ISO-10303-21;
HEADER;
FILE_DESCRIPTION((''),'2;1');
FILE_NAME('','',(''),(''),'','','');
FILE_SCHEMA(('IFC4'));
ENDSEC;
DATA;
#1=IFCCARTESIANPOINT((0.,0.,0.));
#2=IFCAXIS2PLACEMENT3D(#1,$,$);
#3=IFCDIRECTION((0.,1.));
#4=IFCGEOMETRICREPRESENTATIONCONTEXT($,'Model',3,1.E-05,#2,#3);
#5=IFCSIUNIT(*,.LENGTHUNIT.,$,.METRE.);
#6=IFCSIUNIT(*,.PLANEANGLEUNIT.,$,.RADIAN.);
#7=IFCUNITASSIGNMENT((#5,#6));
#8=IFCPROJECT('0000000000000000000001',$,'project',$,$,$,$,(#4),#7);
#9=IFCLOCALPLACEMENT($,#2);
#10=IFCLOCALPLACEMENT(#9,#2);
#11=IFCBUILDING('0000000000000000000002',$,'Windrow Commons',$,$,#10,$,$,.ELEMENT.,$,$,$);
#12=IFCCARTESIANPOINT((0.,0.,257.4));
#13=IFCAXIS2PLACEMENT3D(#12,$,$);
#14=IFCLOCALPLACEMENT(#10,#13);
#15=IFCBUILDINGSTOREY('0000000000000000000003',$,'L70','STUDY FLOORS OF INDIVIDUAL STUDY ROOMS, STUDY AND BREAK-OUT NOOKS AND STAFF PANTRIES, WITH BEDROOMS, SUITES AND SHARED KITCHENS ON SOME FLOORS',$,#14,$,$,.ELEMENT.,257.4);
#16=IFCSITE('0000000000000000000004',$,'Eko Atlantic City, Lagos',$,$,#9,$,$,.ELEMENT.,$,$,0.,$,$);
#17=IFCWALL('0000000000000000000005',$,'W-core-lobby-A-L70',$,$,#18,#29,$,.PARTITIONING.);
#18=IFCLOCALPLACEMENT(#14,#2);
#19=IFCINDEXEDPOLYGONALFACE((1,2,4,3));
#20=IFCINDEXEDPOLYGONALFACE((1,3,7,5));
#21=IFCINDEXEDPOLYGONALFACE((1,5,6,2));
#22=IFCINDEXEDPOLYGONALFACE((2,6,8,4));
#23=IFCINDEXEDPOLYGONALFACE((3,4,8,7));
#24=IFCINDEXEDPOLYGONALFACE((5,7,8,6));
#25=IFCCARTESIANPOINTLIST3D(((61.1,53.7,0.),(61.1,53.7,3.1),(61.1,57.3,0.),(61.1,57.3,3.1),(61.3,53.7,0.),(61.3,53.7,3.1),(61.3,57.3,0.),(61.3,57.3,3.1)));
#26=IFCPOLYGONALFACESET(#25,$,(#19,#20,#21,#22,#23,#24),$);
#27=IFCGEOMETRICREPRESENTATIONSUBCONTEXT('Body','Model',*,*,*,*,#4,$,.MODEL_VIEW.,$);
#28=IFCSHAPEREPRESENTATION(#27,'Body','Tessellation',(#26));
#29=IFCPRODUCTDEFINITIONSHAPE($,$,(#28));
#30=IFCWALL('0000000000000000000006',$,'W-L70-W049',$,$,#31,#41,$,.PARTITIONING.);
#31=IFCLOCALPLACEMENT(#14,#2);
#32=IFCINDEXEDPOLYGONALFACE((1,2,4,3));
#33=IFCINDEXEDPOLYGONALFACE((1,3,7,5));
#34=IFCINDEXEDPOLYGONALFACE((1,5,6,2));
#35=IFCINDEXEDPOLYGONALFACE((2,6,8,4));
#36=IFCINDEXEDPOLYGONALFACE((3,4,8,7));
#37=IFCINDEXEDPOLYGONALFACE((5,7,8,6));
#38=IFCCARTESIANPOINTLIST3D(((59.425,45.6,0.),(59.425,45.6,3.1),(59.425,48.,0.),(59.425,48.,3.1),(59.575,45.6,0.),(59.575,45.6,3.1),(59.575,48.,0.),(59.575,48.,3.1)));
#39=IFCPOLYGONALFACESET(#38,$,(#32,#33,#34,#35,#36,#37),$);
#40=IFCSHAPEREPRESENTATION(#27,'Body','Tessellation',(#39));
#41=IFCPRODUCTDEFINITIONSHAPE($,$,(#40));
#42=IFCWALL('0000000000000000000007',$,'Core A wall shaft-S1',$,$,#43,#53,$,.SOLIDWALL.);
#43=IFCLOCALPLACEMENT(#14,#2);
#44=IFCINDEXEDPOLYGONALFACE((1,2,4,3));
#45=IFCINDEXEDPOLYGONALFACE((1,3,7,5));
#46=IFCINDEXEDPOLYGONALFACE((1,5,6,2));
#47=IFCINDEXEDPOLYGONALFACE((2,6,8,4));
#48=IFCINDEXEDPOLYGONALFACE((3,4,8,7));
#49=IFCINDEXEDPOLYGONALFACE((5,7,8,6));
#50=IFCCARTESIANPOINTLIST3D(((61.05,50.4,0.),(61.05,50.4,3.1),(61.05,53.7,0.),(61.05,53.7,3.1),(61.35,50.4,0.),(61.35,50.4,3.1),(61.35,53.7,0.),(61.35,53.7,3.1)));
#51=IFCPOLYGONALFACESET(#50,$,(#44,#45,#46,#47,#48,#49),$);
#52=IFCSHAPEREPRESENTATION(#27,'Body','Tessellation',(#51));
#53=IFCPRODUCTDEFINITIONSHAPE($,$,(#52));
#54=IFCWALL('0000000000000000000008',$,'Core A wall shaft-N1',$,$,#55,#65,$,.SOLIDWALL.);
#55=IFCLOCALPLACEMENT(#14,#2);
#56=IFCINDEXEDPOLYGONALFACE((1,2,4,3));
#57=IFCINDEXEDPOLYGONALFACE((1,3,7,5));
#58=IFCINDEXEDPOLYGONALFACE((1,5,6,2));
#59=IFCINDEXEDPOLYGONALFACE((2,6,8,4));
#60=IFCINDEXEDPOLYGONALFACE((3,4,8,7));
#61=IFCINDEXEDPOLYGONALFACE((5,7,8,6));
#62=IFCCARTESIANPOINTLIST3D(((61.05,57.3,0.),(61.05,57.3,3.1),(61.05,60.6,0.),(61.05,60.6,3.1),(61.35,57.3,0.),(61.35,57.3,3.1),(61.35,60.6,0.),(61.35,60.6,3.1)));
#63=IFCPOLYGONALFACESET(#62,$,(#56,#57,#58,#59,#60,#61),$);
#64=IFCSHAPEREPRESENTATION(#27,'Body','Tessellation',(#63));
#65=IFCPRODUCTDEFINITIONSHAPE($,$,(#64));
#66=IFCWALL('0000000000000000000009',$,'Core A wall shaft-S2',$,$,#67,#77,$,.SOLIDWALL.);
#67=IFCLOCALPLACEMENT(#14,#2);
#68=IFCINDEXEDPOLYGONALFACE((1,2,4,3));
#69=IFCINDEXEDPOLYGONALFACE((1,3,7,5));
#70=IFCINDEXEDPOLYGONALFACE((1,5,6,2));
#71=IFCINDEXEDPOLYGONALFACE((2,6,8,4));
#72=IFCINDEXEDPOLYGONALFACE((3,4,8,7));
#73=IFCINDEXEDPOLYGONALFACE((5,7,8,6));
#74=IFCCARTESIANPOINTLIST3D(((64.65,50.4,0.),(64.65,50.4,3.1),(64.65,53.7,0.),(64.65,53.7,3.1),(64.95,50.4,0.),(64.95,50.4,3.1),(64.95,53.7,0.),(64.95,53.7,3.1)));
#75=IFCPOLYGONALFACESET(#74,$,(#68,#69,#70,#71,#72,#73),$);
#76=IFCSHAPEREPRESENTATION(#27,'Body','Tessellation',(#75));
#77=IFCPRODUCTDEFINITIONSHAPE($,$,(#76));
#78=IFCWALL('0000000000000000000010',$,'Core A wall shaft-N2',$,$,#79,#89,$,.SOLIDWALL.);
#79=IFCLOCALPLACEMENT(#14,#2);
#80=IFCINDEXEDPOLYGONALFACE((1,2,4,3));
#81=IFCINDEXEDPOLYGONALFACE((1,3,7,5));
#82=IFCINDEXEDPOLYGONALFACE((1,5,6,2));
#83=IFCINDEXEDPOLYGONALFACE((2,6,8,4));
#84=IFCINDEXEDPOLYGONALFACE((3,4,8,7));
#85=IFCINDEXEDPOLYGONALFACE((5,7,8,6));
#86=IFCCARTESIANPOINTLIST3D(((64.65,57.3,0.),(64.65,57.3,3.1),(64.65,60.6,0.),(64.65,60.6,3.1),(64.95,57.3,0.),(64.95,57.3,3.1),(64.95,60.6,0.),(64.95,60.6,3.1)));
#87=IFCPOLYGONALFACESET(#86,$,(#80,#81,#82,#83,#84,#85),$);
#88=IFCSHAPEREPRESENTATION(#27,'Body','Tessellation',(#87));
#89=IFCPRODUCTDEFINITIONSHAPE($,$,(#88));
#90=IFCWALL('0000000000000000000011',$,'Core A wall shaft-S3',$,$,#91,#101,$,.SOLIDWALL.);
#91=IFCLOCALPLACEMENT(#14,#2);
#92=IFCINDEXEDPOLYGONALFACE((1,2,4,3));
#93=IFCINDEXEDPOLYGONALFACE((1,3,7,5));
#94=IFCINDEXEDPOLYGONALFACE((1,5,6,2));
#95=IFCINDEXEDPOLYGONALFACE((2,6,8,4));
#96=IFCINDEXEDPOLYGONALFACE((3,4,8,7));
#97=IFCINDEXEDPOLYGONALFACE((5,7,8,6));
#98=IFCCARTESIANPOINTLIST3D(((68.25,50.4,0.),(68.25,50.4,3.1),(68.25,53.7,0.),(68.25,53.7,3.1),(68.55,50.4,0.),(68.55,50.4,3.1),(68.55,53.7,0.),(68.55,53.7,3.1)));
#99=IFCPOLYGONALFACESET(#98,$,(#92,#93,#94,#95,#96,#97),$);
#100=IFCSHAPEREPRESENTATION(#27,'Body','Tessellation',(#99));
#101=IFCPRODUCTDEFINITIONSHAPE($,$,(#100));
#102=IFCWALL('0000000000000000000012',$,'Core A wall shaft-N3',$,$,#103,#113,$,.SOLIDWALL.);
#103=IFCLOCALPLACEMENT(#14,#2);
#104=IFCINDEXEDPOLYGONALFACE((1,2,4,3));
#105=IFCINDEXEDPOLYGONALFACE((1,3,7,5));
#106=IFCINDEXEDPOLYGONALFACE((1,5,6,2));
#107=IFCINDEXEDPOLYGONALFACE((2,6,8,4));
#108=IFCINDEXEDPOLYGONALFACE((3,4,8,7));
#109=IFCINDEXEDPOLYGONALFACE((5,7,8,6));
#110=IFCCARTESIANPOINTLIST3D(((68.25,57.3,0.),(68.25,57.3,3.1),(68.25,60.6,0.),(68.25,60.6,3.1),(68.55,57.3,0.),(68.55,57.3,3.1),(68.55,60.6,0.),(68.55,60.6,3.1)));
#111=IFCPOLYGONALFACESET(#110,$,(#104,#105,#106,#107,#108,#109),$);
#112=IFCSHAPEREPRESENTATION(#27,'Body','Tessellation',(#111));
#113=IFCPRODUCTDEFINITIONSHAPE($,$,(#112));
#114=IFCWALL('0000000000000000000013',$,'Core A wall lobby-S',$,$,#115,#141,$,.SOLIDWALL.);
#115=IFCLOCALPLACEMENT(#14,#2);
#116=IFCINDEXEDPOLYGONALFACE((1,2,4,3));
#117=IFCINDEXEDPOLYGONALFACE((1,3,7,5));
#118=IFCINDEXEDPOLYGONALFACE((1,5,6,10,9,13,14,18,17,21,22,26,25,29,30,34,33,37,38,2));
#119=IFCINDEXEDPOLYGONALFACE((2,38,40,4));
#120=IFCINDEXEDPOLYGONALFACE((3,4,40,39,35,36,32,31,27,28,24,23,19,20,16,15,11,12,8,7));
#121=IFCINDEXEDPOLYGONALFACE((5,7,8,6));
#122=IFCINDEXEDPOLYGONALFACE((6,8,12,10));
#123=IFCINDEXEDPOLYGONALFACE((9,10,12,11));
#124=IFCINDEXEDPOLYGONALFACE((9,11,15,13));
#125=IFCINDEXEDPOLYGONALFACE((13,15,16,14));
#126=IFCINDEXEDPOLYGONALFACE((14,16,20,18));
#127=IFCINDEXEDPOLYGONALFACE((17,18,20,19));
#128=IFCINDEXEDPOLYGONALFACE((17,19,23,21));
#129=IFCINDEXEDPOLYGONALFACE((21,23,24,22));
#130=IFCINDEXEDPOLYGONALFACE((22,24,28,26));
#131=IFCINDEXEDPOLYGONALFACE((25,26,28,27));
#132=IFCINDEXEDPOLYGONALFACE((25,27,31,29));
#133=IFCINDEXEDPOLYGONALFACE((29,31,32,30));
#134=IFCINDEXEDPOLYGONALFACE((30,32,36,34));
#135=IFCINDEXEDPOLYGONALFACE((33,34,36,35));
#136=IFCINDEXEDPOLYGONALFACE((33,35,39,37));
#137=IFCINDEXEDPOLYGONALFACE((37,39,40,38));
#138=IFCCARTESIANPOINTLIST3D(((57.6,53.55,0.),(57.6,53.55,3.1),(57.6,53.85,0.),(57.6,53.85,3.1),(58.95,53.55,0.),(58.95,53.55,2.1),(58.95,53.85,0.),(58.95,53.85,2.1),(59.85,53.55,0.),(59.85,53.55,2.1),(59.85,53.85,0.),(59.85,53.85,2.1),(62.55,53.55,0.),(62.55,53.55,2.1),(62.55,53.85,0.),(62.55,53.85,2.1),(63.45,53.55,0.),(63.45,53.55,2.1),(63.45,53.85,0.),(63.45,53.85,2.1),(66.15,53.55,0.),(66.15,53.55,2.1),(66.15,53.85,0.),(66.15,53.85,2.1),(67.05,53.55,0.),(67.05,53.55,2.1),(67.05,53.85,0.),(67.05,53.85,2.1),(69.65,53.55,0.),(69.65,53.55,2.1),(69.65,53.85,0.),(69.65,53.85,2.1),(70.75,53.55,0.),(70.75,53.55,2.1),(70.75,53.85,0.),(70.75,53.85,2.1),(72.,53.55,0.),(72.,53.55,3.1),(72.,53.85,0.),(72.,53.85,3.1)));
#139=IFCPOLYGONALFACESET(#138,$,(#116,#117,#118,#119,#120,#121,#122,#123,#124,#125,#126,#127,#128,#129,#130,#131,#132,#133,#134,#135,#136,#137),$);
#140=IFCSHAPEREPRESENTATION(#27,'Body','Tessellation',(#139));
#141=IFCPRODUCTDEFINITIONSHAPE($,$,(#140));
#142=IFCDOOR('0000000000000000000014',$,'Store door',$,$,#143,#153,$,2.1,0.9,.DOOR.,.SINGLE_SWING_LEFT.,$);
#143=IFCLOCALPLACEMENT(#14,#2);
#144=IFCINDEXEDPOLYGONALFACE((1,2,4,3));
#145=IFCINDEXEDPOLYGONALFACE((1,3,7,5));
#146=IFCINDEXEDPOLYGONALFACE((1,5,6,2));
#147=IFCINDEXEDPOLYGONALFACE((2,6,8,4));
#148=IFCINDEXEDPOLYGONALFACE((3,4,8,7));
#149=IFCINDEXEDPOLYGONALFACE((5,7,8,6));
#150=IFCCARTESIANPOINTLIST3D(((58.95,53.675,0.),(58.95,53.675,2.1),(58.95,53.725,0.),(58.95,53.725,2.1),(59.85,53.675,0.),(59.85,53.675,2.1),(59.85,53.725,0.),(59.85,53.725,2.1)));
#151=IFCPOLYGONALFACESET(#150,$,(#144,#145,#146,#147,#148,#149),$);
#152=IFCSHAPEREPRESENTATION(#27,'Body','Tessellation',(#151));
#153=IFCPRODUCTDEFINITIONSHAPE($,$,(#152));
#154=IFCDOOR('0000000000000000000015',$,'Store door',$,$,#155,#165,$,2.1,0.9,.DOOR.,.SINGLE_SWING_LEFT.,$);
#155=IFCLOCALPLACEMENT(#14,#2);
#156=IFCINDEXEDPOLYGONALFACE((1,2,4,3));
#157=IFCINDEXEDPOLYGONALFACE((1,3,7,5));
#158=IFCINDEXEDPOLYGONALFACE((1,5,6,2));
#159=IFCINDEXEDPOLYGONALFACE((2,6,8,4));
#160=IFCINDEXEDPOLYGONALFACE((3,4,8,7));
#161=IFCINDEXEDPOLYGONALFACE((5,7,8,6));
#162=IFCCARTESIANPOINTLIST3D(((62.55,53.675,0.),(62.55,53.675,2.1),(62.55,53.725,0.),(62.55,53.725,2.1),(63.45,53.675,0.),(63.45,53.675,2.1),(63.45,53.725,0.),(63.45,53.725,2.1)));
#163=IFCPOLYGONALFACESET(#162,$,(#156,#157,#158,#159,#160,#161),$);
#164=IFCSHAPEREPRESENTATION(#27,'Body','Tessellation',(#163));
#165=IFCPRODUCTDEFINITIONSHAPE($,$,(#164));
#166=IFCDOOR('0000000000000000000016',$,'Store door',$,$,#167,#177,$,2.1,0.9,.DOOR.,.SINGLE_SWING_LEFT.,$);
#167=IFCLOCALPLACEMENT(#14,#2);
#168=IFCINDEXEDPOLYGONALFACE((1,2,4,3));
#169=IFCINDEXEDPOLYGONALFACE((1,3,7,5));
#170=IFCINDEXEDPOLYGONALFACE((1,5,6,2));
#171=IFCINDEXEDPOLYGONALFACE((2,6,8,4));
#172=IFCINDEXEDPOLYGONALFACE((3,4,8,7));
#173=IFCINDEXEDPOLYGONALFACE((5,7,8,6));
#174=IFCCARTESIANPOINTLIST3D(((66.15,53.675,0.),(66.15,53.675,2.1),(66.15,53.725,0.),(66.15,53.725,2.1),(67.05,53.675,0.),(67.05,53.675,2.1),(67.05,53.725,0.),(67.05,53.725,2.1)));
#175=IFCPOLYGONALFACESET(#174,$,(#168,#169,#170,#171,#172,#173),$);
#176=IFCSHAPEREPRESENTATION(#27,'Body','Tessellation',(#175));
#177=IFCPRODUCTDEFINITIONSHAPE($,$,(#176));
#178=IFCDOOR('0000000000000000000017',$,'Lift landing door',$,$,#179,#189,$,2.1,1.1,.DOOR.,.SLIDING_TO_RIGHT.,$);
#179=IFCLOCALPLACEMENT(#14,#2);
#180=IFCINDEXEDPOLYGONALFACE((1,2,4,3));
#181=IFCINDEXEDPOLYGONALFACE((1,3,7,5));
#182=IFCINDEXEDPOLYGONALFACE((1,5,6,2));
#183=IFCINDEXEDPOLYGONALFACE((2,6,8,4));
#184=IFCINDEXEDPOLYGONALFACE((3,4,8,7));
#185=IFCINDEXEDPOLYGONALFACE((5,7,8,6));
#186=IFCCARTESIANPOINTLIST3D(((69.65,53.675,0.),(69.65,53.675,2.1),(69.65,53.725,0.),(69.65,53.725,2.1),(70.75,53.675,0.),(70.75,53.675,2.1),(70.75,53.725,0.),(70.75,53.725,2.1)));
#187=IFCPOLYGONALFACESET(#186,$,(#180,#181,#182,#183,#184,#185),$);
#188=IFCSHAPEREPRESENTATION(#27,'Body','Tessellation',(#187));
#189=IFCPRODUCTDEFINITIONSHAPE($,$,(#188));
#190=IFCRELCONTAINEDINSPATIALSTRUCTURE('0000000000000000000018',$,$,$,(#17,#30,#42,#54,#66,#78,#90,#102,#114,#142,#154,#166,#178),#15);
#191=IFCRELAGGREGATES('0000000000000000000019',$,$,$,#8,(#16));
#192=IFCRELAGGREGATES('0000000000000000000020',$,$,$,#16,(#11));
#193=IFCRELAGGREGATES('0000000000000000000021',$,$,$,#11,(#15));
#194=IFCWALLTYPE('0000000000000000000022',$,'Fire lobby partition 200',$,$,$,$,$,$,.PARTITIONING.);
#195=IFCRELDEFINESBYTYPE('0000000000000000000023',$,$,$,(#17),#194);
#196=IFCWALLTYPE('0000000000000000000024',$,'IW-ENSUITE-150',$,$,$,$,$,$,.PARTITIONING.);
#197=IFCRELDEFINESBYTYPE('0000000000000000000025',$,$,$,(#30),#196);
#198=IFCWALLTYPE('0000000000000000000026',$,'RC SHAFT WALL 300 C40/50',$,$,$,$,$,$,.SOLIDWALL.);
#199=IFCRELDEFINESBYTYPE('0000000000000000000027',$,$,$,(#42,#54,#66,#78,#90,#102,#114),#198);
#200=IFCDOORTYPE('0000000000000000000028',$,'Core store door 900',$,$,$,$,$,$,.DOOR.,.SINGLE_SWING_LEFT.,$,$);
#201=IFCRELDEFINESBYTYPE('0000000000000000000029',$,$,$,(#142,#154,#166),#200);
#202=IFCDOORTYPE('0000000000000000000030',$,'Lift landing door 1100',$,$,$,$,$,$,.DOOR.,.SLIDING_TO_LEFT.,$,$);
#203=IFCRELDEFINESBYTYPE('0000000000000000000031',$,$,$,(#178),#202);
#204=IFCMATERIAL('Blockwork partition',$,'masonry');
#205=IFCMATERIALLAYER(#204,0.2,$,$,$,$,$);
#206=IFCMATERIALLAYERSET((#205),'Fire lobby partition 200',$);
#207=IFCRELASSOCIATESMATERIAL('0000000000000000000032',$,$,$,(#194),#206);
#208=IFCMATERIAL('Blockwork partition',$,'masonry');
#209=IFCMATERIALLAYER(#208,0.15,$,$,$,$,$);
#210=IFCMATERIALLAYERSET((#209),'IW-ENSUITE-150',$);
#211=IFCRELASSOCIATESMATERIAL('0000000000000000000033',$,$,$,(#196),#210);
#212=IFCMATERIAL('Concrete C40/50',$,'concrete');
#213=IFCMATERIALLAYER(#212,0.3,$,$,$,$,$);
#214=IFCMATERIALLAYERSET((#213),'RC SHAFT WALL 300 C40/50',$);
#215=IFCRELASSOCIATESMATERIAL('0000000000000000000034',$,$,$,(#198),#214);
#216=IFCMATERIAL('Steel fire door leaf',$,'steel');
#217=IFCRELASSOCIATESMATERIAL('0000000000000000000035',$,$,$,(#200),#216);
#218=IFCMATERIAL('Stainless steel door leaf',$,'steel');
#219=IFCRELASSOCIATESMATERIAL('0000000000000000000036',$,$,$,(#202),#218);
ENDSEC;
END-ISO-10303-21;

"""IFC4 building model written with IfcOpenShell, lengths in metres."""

from ifc_helpers import new_model, si_unit, direction, frame, frame_2d, origin, place, context, subcontext, project, spatial, rectangle, extrude, material, layer, layer_set, type_object, element, fill, save


model = new_model("IFC4")

# Units and contexts
model_context = context("Model", 3, precision=1e-05, world=origin(), true_north=direction((0.0, 1.0)))
body_context = subcontext(model_context, "Body", "Model", "MODEL_VIEW")
ifc_project = project(units=[si_unit("LENGTHUNIT", "METRE"), si_unit("PLANEANGLEUNIT", "RADIAN")], contexts=[model_context])

# Site, building, storey
site_placement = place(None, origin())
site = spatial("IfcSite", under=ifc_project, at=site_placement, Name="Eko Atlantic City, Lagos", CompositionType="ELEMENT", RefElevation=0.0)
building_placement = place(site_placement, origin())
building = spatial("IfcBuilding", under=site, at=building_placement, Name="Windrow Commons", CompositionType="ELEMENT")
storey_placement = place(building_placement, frame((0.0, 0.0, 257.4)))
storey = spatial("IfcBuildingStorey", under=building, at=storey_placement, Name="L70", Description="STUDY FLOORS OF INDIVIDUAL STUDY ROOMS, STUDY AND BREAK-OUT NOOKS AND STAFF PANTRIES, WITH BEDROOMS, SUITES AND SHARED KITCHENS ON SOME FLOORS", CompositionType="ELEMENT", Elevation=257.4)

# Walls
ifc_material_1 = material(Name="Blockwork partition", Category="masonry")
ifc_layer_1 = layer(ifc_material_1, 0.2)
ifc_layer_set_1 = layer_set([ifc_layer_1], Name="Fire lobby partition 200")
wall_type_1 = type_object("IfcWallType", Name="Fire lobby partition 200", PredefinedType="PARTITIONING", material=ifc_layer_set_1)
wall_1_placement = place(storey_placement, frame((61.2, 53.7, 0.0), z_axis=(0.0, 0.0, 1.0), x_axis=(0.0, 1.0, 0.0)))
element("IfcWall", 1, at=wall_1_placement, inside=storey, type_object=wall_type_1, Name="W-core-lobby-A-L70", PredefinedType="PARTITIONING", context=body_context, shape_type="SweptSolid", body=[
    extrude(rectangle(XDim=3.6, YDim=0.2, at=frame_2d((1.8, 0.0))), origin(), (0.0, 0.0, 1.0), 3.1),
])
ifc_material_2 = material(Name="Blockwork partition", Category="masonry")
ifc_layer_2 = layer(ifc_material_2, 0.15)
ifc_layer_set_2 = layer_set([ifc_layer_2], Name="IW-ENSUITE-150")
wall_type_2 = type_object("IfcWallType", Name="IW-ENSUITE-150", PredefinedType="PARTITIONING", material=ifc_layer_set_2)
wall_2_placement = place(storey_placement, frame((59.5, 45.6, 0.0), z_axis=(0.0, 0.0, 1.0), x_axis=(0.0, 1.0, 0.0)))
element("IfcWall", 2, at=wall_2_placement, inside=storey, type_object=wall_type_2, Name="W-L70-W049", PredefinedType="PARTITIONING", context=body_context, shape_type="SweptSolid", body=[
    extrude(rectangle(XDim=2.4, YDim=0.15, at=frame_2d((1.2, 0.0))), origin(), (0.0, 0.0, 1.0), 3.1),
])
ifc_material_3 = material(Name="Concrete C40/50", Category="concrete")
ifc_layer_3 = layer(ifc_material_3, 0.3)
ifc_layer_set_3 = layer_set([ifc_layer_3], Name="RC SHAFT WALL 300 C40/50")
wall_type_3 = type_object("IfcWallType", Name="RC SHAFT WALL 300 C40/50", PredefinedType="SOLIDWALL", material=ifc_layer_set_3)
for number, where, z_axis, x_axis, name in (
    (3, (61.2, 50.4, 0.0), (0.0, 0.0, 1.0), (0.0, 1.0, 0.0), "Core A wall shaft-S1"),
    (4, (61.2, 57.3, 0.0), (0.0, 0.0, 1.0), (0.0, 1.0, 0.0), "Core A wall shaft-N1"),
    (5, (64.8, 50.4, 0.0), (0.0, 0.0, 1.0), (0.0, 1.0, 0.0), "Core A wall shaft-S2"),
    (6, (64.8, 57.3, 0.0), (0.0, 0.0, 1.0), (0.0, 1.0, 0.0), "Core A wall shaft-N2"),
    (7, (68.4, 50.4, 0.0), (0.0, 0.0, 1.0), (0.0, 1.0, 0.0), "Core A wall shaft-S3"),
    (8, (68.4, 57.3, 0.0), (0.0, 0.0, 1.0), (0.0, 1.0, 0.0), "Core A wall shaft-N3"),
):
    element("IfcWall", number, at=place(storey_placement, frame(where, z_axis=z_axis, x_axis=x_axis)), inside=storey, type_object=wall_type_3, Name=name, PredefinedType="SOLIDWALL", context=body_context, shape_type="SweptSolid", body=[
        extrude(rectangle(XDim=3.3, YDim=0.3, at=frame_2d((1.65, 0.0))), origin(), (0.0, 0.0, 1.0), 3.1),
    ])

# Wall, openings, doors
wall_3_placement = place(storey_placement, frame((57.6, 53.7, 0.0), z_axis=(0.0, 0.0, 1.0), x_axis=(1.0, 0.0, 0.0)))
wall_3 = element("IfcWall", 9, at=wall_3_placement, inside=storey, type_object=wall_type_3, Name="Core A wall lobby-S", PredefinedType="SOLIDWALL", context=body_context, shape_type="SweptSolid", body=[
    extrude(rectangle(XDim=14.4, YDim=0.3, at=frame_2d((7.2, 0.0))), origin(), (0.0, 0.0, 1.0), 3.1),
])
opening_1_placement = place(wall_3_placement, frame((1.35, 0.0, 0.0)))
opening_1 = element("IfcOpeningElement", 10, at=opening_1_placement, cuts=wall_3, PredefinedType="OPENING", context=body_context, shape_type="SweptSolid", body=[
    extrude(rectangle(XDim=0.9, YDim=2.1, at=frame_2d((0.45, 1.05))), frame((0.0, 0.16, 0.0), z_axis=(0.0, -1.0, 0.0), x_axis=(1.0, 0.0, 0.0)), (0.0, 0.0, 1.0), 0.32),
])
opening_2_placement = place(wall_3_placement, frame((4.95, 0.0, 0.0)))
opening_2 = element("IfcOpeningElement", 11, at=opening_2_placement, cuts=wall_3, PredefinedType="OPENING", context=body_context, shape_type="SweptSolid", body=[
    extrude(rectangle(XDim=0.9, YDim=2.1, at=frame_2d((0.45, 1.05))), frame((0.0, 0.16, 0.0), z_axis=(0.0, -1.0, 0.0), x_axis=(1.0, 0.0, 0.0)), (0.0, 0.0, 1.0), 0.32),
])
opening_3_placement = place(wall_3_placement, frame((8.55, 0.0, 0.0)))
opening_3 = element("IfcOpeningElement", 12, at=opening_3_placement, cuts=wall_3, PredefinedType="OPENING", context=body_context, shape_type="SweptSolid", body=[
    extrude(rectangle(XDim=0.9, YDim=2.1, at=frame_2d((0.45, 1.05))), frame((0.0, 0.16, 0.0), z_axis=(0.0, -1.0, 0.0), x_axis=(1.0, 0.0, 0.0)), (0.0, 0.0, 1.0), 0.32),
])
opening_4_placement = place(wall_3_placement, frame((12.05, 0.0, 0.0)))
opening_4 = element("IfcOpeningElement", 13, at=opening_4_placement, cuts=wall_3, PredefinedType="OPENING", context=body_context, shape_type="SweptSolid", body=[
    extrude(rectangle(XDim=1.1, YDim=2.1, at=frame_2d((0.55, 1.05))), frame((0.0, 0.16, 0.0), z_axis=(0.0, -1.0, 0.0), x_axis=(1.0, 0.0, 0.0)), (0.0, 0.0, 1.0), 0.32),
])
ifc_material_4 = material(Name="Steel fire door leaf", Category="steel")
door_type_1 = type_object("IfcDoorType", Name="Core store door 900", OperationType="SINGLE_SWING_LEFT", PredefinedType="DOOR", material=ifc_material_4)
door_1_placement = place(opening_1_placement, origin())
door_1 = element("IfcDoor", 14, at=door_1_placement, inside=storey, type_object=door_type_1, Name="Store door", OperationType="SINGLE_SWING_LEFT", OverallHeight=2.1, OverallWidth=0.9, PredefinedType="DOOR", context=body_context, shape_type="SweptSolid", body=[
    extrude(rectangle(XDim=0.9, YDim=2.1, at=frame_2d((0.45, 1.05))), frame((0.0, 0.025, 0.0), z_axis=(0.0, -1.0, 0.0), x_axis=(1.0, 0.0, 0.0)), (0.0, 0.0, 1.0), 0.05),
])
fill(opening_1, door_1)
door_2_placement = place(opening_2_placement, origin())
door_2 = element("IfcDoor", 15, at=door_2_placement, inside=storey, type_object=door_type_1, Name="Store door", OperationType="SINGLE_SWING_LEFT", OverallHeight=2.1, OverallWidth=0.9, PredefinedType="DOOR", context=body_context, shape_type="SweptSolid", body=[
    extrude(rectangle(XDim=0.9, YDim=2.1, at=frame_2d((0.45, 1.05))), frame((0.0, 0.025, 0.0), z_axis=(0.0, -1.0, 0.0), x_axis=(1.0, 0.0, 0.0)), (0.0, 0.0, 1.0), 0.05),
])
fill(opening_2, door_2)
door_3_placement = place(opening_3_placement, origin())
door_3 = element("IfcDoor", 16, at=door_3_placement, inside=storey, type_object=door_type_1, Name="Store door", OperationType="SINGLE_SWING_LEFT", OverallHeight=2.1, OverallWidth=0.9, PredefinedType="DOOR", context=body_context, shape_type="SweptSolid", body=[
    extrude(rectangle(XDim=0.9, YDim=2.1, at=frame_2d((0.45, 1.05))), frame((0.0, 0.025, 0.0), z_axis=(0.0, -1.0, 0.0), x_axis=(1.0, 0.0, 0.0)), (0.0, 0.0, 1.0), 0.05),
])
fill(opening_3, door_3)
ifc_material_5 = material(Name="Stainless steel door leaf", Category="steel")
door_type_2 = type_object("IfcDoorType", Name="Lift landing door 1100", OperationType="SLIDING_TO_LEFT", PredefinedType="DOOR", material=ifc_material_5)
door_4_placement = place(opening_4_placement, origin())
door_4 = element("IfcDoor", 17, at=door_4_placement, inside=storey, type_object=door_type_2, Name="Lift landing door", OperationType="SLIDING_TO_RIGHT", OverallHeight=2.1, OverallWidth=1.1, PredefinedType="DOOR", context=body_context, shape_type="SweptSolid", body=[
    extrude(rectangle(XDim=1.1, YDim=2.1, at=frame_2d((0.55, 1.05))), frame((0.0, 0.025, 0.0), z_axis=(0.0, -1.0, 0.0), x_axis=(1.0, 0.0, 0.0)), (0.0, 0.0, 1.0), 0.05),
])
fill(opening_4, door_4)

save(model, "model.ifc")
